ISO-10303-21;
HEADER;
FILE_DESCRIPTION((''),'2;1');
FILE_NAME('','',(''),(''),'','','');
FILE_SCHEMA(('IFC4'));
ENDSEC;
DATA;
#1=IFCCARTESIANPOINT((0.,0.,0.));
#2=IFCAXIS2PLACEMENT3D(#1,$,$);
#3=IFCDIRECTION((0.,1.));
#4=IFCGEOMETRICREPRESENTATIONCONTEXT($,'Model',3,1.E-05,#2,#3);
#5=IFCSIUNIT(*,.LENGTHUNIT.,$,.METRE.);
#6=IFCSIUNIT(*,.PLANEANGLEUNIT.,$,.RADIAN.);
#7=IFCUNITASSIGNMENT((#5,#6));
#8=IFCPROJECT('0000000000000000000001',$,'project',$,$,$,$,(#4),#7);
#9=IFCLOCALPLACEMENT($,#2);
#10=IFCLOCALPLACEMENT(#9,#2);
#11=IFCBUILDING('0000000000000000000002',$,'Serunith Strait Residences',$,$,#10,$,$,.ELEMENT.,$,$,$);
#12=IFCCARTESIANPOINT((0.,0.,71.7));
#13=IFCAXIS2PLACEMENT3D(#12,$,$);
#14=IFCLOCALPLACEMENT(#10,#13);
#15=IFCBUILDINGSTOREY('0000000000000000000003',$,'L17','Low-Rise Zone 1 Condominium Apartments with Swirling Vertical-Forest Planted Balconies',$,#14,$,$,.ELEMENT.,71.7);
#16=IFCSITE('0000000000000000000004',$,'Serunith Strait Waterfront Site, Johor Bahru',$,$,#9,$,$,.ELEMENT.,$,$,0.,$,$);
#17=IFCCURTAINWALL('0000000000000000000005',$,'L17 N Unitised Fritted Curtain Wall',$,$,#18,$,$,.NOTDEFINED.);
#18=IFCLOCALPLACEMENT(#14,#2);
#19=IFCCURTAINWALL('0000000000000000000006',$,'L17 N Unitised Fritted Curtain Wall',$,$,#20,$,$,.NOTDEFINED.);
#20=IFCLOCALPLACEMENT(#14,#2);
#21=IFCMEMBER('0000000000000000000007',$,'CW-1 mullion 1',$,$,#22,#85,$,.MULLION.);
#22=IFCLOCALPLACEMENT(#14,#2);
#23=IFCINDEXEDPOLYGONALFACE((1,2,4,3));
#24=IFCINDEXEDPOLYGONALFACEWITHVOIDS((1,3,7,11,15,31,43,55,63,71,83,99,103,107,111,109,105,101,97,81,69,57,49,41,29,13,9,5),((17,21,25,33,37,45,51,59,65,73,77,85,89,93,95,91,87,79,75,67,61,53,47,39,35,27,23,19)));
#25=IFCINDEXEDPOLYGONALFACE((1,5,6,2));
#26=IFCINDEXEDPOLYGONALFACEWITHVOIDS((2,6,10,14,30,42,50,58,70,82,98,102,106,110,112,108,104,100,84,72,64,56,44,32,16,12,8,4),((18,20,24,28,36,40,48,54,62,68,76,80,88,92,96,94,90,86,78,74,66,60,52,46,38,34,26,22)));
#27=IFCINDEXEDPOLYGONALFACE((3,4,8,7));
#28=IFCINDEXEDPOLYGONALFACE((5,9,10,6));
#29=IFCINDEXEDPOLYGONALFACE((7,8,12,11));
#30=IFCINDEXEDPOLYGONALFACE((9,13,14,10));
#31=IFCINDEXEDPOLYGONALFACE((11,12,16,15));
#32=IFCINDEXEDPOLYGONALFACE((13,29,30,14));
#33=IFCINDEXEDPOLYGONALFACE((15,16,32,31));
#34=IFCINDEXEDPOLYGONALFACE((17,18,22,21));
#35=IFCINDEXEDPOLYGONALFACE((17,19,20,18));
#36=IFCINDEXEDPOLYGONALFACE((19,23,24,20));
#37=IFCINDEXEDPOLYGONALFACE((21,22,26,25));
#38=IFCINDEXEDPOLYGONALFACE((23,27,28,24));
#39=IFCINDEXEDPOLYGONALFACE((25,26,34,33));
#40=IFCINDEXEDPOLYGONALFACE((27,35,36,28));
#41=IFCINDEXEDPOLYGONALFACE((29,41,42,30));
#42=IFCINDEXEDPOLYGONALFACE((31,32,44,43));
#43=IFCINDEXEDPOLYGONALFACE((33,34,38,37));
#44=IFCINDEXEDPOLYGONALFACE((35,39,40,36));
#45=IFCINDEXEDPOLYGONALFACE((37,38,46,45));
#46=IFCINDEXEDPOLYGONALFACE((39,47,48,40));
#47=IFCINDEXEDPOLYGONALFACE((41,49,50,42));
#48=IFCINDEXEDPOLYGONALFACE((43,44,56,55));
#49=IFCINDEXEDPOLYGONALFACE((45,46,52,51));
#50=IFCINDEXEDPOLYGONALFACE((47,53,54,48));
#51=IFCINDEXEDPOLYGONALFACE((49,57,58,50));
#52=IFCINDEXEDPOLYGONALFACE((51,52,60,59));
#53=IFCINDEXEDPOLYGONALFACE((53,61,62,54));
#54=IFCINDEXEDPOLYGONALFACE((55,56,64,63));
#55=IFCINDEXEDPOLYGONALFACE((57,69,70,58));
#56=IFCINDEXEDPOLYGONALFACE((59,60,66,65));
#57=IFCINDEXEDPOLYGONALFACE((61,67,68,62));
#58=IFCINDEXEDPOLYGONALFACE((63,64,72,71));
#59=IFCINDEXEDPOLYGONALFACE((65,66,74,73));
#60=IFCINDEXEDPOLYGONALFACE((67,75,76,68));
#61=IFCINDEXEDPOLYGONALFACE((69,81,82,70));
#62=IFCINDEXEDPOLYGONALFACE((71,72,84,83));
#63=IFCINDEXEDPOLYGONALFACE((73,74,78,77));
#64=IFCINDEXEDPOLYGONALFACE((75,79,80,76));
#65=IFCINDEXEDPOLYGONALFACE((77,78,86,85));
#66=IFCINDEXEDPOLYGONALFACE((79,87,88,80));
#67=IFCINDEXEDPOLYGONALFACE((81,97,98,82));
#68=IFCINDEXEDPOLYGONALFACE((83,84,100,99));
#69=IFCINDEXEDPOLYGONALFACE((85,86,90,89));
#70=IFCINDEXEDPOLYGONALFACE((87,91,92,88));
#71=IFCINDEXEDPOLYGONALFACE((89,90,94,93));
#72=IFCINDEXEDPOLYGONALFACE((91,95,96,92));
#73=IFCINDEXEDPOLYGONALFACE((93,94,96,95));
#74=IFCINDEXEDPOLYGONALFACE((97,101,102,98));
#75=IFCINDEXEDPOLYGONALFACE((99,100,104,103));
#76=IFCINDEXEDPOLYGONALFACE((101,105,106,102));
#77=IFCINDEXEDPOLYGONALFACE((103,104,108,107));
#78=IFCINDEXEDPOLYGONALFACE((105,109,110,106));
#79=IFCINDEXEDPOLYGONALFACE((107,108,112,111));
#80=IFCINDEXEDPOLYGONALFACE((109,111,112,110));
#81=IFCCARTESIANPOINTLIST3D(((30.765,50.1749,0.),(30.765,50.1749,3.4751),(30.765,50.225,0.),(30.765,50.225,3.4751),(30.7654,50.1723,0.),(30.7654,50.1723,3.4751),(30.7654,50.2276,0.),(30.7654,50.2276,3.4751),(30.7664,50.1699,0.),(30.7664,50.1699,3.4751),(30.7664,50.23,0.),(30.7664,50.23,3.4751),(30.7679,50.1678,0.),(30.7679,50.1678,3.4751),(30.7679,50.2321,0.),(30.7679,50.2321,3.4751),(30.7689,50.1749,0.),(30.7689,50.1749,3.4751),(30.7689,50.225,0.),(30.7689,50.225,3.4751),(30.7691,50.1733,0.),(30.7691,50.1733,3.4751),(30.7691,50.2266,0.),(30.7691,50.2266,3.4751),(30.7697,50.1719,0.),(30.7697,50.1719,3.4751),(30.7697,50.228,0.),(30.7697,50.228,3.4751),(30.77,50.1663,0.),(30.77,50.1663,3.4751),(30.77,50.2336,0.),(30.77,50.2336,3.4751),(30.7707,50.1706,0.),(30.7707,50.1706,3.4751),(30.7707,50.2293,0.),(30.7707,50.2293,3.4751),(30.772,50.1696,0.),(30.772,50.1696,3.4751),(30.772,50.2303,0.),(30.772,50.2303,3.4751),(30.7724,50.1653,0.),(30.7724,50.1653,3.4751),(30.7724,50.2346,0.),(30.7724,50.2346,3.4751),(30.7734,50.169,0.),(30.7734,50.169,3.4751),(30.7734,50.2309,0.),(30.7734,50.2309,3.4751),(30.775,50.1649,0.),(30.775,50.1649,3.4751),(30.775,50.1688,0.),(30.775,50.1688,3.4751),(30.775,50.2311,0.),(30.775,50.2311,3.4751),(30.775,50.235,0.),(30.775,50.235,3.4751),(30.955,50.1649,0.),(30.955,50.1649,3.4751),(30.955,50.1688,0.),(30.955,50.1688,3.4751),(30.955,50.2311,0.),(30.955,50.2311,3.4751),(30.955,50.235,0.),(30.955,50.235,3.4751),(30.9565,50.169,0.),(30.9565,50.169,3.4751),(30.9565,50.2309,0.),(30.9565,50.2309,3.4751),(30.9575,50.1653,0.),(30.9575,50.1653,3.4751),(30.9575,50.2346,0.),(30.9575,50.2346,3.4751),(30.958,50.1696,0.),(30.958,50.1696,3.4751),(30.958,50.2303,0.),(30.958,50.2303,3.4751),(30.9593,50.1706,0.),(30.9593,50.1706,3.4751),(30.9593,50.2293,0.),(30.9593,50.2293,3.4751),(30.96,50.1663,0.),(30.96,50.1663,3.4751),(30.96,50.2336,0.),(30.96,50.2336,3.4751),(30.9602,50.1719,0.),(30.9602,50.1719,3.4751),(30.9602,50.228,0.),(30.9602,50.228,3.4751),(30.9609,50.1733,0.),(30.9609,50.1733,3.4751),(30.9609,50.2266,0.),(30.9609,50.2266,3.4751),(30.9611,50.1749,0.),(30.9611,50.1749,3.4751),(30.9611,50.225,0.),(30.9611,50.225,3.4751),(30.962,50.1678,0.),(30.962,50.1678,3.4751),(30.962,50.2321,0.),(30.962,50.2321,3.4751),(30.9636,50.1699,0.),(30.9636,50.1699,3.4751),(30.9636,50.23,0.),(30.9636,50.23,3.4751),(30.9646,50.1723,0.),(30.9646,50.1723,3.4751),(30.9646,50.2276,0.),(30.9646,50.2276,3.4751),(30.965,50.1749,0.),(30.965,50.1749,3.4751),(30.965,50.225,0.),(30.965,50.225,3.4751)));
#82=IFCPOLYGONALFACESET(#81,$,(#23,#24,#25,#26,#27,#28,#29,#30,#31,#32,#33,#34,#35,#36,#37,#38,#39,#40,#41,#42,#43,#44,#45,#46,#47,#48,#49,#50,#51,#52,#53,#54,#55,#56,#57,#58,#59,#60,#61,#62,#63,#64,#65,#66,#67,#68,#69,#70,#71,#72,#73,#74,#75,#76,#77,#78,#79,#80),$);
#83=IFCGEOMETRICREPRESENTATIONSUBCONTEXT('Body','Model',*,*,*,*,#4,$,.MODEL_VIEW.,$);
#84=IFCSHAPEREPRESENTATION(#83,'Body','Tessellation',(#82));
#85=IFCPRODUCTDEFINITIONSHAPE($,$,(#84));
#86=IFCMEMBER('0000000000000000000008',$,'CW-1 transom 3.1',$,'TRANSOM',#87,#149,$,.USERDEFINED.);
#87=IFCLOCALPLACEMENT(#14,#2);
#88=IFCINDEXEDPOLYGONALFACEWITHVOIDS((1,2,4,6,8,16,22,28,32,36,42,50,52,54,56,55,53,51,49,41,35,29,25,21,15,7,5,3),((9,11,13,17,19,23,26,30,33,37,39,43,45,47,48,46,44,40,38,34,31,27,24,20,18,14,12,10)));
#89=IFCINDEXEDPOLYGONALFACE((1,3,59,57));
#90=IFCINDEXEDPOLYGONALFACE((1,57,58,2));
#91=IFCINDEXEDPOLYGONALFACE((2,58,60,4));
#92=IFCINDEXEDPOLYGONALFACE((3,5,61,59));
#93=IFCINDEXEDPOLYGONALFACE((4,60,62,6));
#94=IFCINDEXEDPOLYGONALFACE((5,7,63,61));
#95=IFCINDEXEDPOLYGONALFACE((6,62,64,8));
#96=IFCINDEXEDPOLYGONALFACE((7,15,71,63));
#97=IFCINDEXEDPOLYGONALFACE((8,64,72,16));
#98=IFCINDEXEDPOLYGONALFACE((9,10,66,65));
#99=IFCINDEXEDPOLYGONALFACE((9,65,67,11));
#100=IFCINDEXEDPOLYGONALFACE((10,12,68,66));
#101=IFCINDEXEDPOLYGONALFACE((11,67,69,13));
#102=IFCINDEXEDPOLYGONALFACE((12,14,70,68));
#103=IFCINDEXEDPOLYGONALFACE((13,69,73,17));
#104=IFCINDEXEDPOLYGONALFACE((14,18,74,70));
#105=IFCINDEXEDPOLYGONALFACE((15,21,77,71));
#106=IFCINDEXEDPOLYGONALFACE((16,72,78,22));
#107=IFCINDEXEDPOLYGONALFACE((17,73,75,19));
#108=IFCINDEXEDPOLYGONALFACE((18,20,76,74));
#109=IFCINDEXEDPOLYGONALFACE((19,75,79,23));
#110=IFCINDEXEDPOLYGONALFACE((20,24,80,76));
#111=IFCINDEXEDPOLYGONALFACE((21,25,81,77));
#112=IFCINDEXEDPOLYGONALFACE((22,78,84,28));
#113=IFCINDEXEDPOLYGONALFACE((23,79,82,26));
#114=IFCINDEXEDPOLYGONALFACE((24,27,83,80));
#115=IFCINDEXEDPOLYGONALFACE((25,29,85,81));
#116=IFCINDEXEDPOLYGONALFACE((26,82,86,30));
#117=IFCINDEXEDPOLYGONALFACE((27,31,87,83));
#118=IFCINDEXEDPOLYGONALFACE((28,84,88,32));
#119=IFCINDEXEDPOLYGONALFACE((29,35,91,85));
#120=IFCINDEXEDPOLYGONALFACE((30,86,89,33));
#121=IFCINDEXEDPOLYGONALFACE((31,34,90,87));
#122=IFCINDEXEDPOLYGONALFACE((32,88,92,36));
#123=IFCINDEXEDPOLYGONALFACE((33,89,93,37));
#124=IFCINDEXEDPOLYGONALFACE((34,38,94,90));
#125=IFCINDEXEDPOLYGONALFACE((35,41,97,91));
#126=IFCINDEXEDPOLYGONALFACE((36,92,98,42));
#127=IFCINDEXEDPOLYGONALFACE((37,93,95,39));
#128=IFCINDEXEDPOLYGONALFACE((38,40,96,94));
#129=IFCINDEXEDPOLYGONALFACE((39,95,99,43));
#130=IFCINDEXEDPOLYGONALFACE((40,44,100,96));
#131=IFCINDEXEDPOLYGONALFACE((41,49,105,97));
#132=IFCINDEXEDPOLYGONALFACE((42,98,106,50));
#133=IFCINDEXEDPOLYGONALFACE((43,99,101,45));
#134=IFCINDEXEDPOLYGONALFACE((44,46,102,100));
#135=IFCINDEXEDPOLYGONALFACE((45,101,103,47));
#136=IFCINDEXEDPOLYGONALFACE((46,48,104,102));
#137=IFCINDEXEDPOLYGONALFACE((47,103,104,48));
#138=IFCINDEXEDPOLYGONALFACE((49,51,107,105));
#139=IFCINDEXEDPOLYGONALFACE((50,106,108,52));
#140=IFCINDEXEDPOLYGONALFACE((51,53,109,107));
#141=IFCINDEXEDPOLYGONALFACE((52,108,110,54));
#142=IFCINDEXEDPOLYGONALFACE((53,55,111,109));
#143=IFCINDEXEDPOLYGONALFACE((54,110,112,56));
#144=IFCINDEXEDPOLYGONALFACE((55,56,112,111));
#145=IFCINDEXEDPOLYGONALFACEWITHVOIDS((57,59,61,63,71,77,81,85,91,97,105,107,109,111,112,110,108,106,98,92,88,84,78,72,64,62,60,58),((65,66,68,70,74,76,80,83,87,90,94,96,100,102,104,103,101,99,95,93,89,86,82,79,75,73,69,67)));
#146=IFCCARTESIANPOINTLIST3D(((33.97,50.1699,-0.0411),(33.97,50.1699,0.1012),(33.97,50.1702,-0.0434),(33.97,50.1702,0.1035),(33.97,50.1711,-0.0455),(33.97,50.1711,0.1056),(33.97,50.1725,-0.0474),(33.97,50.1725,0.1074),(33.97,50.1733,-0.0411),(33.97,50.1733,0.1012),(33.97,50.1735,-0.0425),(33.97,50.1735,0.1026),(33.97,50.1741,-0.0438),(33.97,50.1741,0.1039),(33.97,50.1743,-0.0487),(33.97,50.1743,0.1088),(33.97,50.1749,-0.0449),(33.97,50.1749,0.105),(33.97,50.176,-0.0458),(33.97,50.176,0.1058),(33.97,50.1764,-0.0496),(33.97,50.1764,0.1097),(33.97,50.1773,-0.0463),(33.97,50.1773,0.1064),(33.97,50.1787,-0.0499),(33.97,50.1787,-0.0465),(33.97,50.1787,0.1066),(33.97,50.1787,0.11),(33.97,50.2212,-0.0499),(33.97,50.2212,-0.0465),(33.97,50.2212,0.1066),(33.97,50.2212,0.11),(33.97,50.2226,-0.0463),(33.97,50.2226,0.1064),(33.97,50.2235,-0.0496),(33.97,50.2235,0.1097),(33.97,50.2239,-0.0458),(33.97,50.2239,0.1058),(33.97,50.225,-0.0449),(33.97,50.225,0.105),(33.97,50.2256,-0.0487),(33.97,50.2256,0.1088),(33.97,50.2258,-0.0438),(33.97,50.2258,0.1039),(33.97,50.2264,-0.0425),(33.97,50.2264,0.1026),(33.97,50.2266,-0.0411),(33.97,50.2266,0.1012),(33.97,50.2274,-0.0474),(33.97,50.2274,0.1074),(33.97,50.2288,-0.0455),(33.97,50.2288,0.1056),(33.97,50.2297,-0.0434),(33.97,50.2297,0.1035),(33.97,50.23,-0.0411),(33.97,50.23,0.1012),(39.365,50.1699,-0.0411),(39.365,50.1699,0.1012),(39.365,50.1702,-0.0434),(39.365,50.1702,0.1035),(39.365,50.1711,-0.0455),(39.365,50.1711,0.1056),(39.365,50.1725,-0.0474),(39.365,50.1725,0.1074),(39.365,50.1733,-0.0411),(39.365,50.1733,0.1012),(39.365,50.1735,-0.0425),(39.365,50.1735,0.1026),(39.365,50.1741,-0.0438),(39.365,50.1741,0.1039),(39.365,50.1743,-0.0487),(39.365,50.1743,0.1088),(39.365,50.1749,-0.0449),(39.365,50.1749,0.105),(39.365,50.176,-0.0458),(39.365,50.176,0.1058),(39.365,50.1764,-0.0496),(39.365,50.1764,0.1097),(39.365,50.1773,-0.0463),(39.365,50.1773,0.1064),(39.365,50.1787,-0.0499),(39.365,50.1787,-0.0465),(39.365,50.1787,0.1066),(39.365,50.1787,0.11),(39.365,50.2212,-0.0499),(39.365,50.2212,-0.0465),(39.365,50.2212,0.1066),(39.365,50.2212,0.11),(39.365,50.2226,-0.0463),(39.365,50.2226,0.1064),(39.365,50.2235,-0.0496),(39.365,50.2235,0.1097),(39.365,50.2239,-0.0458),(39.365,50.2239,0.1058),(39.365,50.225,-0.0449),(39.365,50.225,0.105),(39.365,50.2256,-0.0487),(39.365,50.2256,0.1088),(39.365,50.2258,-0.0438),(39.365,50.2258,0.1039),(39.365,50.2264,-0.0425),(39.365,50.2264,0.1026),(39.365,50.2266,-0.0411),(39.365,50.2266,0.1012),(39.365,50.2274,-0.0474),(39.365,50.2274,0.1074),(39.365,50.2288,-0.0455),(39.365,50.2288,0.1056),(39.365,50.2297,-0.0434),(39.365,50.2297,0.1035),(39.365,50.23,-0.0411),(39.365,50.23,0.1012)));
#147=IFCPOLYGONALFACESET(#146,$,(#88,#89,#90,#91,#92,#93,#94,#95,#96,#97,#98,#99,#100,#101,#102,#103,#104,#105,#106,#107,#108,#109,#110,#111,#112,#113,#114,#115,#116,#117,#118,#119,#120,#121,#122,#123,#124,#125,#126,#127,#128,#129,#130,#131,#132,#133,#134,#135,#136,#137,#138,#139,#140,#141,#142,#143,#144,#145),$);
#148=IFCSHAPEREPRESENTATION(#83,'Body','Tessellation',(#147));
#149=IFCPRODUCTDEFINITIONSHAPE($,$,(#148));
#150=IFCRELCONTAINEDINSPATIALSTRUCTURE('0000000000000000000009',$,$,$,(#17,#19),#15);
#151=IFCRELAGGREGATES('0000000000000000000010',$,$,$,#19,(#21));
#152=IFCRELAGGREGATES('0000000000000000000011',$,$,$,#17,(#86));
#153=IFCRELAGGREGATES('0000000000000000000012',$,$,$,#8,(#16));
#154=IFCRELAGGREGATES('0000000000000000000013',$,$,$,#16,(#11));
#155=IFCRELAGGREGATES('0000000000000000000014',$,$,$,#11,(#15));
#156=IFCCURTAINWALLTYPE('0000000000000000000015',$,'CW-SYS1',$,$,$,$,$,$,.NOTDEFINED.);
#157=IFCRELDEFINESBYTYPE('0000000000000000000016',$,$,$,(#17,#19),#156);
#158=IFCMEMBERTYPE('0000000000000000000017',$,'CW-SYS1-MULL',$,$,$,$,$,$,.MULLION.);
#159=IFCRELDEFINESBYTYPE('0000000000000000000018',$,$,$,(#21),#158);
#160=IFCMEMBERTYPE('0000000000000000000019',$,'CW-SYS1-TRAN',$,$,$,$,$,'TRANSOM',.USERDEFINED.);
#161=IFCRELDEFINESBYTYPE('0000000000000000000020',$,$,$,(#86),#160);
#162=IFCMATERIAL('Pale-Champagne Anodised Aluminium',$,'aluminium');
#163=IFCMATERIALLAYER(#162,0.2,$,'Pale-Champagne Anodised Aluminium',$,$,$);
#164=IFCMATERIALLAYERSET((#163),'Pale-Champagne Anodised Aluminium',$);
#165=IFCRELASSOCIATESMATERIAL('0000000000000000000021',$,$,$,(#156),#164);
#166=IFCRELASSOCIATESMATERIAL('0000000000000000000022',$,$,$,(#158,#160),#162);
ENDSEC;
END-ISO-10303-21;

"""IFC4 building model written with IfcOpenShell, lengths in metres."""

from ifc_helpers import new_model, si_unit, direction, frame, origin, origin_2d, place, context, subcontext, project, spatial, hollow_rectangle, extrude, source, transform, mapped, material, layer, layer_set, material_profile, profile_set, type_object, element, aggregate, save


model = new_model("IFC4")

# Units and contexts
model_context = context("Model", 3, precision=1e-05, world=origin(), true_north=direction((0.0, 1.0)))
body_context = subcontext(model_context, "Body", "Model", "MODEL_VIEW")
ifc_project = project(units=[si_unit("LENGTHUNIT", "METRE"), si_unit("PLANEANGLEUNIT", "RADIAN")], contexts=[model_context])

# Site, building, storey
site_placement = place(None, origin())
site = spatial("IfcSite", under=ifc_project, at=site_placement, Name="Serunith Strait Waterfront Site, Johor Bahru", CompositionType="ELEMENT", RefElevation=0.0)
building_placement = place(site_placement, origin())
building = spatial("IfcBuilding", under=site, at=building_placement, Name="Serunith Strait Residences", CompositionType="ELEMENT")
storey_placement = place(building_placement, frame((0.0, 0.0, 71.7)))
storey = spatial("IfcBuildingStorey", under=building, at=storey_placement, Name="L17", Description="Low-Rise Zone 1 Condominium Apartments with Swirling Vertical-Forest Planted Balconies", CompositionType="ELEMENT", Elevation=71.7)

# Curtain wall
ifc_material_1 = material(Name="Pale-Champagne Anodised Aluminium", Category="aluminium")
ifc_layer_1 = layer(ifc_material_1, 0.2, Name="Pale-Champagne Anodised Aluminium")
ifc_layer_set_1 = layer_set([ifc_layer_1], Name="Pale-Champagne Anodised Aluminium")
curtain_wall_type = type_object("IfcCurtainWallType", Name="CW-SYS1", PredefinedType="NOTDEFINED", material=ifc_layer_set_1)
curtain_wall_1_placement = place(storey_placement, origin())
curtain_wall_1 = element("IfcCurtainWall", 1, at=curtain_wall_1_placement, inside=storey, type_object=curtain_wall_type, Name="L17 N Unitised Fritted Curtain Wall", PredefinedType="NOTDEFINED")
ifc_material_profile_1 = material_profile(ifc_material_1, hollow_rectangle(XDim=0.0701, YDim=0.2, WallThickness=0.0039, InnerFilletRadius=0.0061, OuterFilletRadius=0.01, at=origin_2d()), Name="ALU 200x70x4")
ifc_profile_set_1 = profile_set([ifc_material_profile_1], Name="Pale-Champagne Anodised Aluminium")
member_type_1 = type_object("IfcMemberType", Name="CW-SYS1-MULL", PredefinedType="MULLION", material=ifc_profile_set_1)
shared_shape_1 = source(origin(), body_context, "Body", "SweptSolid", [
    extrude(hollow_rectangle(XDim=0.0701, YDim=0.2, WallThickness=0.0039, InnerFilletRadius=0.0061, OuterFilletRadius=0.01, at=origin_2d()), origin(), (0.0, 0.0, 1.0), 3.4751),
])

# Curtain wall, member
curtain_wall_2_placement = place(storey_placement, origin())
curtain_wall_2 = element("IfcCurtainWall", 2, at=curtain_wall_2_placement, inside=storey, type_object=curtain_wall_type, Name="L17 N Unitised Fritted Curtain Wall", PredefinedType="NOTDEFINED")
member_1_placement = place(storey_placement, frame((30.865, 50.2, 0.0), z_axis=(0.0, 0.0, 1.0), x_axis=(0.0, -1.0, 0.0)))
member_1 = element("IfcMember", 3, at=member_1_placement, type_object=member_type_1, Name="CW-1 mullion 1", PredefinedType="MULLION", context=body_context, shape_type="MappedRepresentation", body=[
    mapped(shared_shape_1, transform((0.0, 0.0, 0.0), scale=1.0)),
])

# Member
ifc_material_profile_2 = material_profile(ifc_material_1, hollow_rectangle(XDim=0.0601, YDim=0.1599, WallThickness=0.0034, InnerFilletRadius=0.0054, OuterFilletRadius=0.0088, at=origin_2d()), Name="ALU 160x60x3.5")
ifc_profile_set_2 = profile_set([ifc_material_profile_2], Name="Pale-Champagne Anodised Aluminium")
member_type_2 = type_object("IfcMemberType", Name="CW-SYS1-TRAN", ElementType="TRANSOM", PredefinedType="USERDEFINED", material=ifc_profile_set_2)
shared_shape_2 = source(origin(), body_context, "Body", "SweptSolid", [
    extrude(hollow_rectangle(XDim=0.0601, YDim=0.1599, WallThickness=0.0034, InnerFilletRadius=0.0054, OuterFilletRadius=0.0088, at=origin_2d()), origin(), (0.0, 0.0, 1.0), 5.395),
])
member_2_placement = place(storey_placement, frame((39.365, 50.2, 0.03), z_axis=(-1.0, 0.0, 0.0), x_axis=(0.0, -1.0, 0.0)))
member_2 = element("IfcMember", 4, at=member_2_placement, type_object=member_type_2, Name="CW-1 transom 3.1", ObjectType="TRANSOM", PredefinedType="USERDEFINED", context=body_context, shape_type="MappedRepresentation", body=[
    mapped(shared_shape_2, transform((0.0, 0.0, 0.0), scale=1.0)),
])
aggregate(curtain_wall_2, [member_1])

aggregate(curtain_wall_1, [member_2])

save(model, "model.ifc")
